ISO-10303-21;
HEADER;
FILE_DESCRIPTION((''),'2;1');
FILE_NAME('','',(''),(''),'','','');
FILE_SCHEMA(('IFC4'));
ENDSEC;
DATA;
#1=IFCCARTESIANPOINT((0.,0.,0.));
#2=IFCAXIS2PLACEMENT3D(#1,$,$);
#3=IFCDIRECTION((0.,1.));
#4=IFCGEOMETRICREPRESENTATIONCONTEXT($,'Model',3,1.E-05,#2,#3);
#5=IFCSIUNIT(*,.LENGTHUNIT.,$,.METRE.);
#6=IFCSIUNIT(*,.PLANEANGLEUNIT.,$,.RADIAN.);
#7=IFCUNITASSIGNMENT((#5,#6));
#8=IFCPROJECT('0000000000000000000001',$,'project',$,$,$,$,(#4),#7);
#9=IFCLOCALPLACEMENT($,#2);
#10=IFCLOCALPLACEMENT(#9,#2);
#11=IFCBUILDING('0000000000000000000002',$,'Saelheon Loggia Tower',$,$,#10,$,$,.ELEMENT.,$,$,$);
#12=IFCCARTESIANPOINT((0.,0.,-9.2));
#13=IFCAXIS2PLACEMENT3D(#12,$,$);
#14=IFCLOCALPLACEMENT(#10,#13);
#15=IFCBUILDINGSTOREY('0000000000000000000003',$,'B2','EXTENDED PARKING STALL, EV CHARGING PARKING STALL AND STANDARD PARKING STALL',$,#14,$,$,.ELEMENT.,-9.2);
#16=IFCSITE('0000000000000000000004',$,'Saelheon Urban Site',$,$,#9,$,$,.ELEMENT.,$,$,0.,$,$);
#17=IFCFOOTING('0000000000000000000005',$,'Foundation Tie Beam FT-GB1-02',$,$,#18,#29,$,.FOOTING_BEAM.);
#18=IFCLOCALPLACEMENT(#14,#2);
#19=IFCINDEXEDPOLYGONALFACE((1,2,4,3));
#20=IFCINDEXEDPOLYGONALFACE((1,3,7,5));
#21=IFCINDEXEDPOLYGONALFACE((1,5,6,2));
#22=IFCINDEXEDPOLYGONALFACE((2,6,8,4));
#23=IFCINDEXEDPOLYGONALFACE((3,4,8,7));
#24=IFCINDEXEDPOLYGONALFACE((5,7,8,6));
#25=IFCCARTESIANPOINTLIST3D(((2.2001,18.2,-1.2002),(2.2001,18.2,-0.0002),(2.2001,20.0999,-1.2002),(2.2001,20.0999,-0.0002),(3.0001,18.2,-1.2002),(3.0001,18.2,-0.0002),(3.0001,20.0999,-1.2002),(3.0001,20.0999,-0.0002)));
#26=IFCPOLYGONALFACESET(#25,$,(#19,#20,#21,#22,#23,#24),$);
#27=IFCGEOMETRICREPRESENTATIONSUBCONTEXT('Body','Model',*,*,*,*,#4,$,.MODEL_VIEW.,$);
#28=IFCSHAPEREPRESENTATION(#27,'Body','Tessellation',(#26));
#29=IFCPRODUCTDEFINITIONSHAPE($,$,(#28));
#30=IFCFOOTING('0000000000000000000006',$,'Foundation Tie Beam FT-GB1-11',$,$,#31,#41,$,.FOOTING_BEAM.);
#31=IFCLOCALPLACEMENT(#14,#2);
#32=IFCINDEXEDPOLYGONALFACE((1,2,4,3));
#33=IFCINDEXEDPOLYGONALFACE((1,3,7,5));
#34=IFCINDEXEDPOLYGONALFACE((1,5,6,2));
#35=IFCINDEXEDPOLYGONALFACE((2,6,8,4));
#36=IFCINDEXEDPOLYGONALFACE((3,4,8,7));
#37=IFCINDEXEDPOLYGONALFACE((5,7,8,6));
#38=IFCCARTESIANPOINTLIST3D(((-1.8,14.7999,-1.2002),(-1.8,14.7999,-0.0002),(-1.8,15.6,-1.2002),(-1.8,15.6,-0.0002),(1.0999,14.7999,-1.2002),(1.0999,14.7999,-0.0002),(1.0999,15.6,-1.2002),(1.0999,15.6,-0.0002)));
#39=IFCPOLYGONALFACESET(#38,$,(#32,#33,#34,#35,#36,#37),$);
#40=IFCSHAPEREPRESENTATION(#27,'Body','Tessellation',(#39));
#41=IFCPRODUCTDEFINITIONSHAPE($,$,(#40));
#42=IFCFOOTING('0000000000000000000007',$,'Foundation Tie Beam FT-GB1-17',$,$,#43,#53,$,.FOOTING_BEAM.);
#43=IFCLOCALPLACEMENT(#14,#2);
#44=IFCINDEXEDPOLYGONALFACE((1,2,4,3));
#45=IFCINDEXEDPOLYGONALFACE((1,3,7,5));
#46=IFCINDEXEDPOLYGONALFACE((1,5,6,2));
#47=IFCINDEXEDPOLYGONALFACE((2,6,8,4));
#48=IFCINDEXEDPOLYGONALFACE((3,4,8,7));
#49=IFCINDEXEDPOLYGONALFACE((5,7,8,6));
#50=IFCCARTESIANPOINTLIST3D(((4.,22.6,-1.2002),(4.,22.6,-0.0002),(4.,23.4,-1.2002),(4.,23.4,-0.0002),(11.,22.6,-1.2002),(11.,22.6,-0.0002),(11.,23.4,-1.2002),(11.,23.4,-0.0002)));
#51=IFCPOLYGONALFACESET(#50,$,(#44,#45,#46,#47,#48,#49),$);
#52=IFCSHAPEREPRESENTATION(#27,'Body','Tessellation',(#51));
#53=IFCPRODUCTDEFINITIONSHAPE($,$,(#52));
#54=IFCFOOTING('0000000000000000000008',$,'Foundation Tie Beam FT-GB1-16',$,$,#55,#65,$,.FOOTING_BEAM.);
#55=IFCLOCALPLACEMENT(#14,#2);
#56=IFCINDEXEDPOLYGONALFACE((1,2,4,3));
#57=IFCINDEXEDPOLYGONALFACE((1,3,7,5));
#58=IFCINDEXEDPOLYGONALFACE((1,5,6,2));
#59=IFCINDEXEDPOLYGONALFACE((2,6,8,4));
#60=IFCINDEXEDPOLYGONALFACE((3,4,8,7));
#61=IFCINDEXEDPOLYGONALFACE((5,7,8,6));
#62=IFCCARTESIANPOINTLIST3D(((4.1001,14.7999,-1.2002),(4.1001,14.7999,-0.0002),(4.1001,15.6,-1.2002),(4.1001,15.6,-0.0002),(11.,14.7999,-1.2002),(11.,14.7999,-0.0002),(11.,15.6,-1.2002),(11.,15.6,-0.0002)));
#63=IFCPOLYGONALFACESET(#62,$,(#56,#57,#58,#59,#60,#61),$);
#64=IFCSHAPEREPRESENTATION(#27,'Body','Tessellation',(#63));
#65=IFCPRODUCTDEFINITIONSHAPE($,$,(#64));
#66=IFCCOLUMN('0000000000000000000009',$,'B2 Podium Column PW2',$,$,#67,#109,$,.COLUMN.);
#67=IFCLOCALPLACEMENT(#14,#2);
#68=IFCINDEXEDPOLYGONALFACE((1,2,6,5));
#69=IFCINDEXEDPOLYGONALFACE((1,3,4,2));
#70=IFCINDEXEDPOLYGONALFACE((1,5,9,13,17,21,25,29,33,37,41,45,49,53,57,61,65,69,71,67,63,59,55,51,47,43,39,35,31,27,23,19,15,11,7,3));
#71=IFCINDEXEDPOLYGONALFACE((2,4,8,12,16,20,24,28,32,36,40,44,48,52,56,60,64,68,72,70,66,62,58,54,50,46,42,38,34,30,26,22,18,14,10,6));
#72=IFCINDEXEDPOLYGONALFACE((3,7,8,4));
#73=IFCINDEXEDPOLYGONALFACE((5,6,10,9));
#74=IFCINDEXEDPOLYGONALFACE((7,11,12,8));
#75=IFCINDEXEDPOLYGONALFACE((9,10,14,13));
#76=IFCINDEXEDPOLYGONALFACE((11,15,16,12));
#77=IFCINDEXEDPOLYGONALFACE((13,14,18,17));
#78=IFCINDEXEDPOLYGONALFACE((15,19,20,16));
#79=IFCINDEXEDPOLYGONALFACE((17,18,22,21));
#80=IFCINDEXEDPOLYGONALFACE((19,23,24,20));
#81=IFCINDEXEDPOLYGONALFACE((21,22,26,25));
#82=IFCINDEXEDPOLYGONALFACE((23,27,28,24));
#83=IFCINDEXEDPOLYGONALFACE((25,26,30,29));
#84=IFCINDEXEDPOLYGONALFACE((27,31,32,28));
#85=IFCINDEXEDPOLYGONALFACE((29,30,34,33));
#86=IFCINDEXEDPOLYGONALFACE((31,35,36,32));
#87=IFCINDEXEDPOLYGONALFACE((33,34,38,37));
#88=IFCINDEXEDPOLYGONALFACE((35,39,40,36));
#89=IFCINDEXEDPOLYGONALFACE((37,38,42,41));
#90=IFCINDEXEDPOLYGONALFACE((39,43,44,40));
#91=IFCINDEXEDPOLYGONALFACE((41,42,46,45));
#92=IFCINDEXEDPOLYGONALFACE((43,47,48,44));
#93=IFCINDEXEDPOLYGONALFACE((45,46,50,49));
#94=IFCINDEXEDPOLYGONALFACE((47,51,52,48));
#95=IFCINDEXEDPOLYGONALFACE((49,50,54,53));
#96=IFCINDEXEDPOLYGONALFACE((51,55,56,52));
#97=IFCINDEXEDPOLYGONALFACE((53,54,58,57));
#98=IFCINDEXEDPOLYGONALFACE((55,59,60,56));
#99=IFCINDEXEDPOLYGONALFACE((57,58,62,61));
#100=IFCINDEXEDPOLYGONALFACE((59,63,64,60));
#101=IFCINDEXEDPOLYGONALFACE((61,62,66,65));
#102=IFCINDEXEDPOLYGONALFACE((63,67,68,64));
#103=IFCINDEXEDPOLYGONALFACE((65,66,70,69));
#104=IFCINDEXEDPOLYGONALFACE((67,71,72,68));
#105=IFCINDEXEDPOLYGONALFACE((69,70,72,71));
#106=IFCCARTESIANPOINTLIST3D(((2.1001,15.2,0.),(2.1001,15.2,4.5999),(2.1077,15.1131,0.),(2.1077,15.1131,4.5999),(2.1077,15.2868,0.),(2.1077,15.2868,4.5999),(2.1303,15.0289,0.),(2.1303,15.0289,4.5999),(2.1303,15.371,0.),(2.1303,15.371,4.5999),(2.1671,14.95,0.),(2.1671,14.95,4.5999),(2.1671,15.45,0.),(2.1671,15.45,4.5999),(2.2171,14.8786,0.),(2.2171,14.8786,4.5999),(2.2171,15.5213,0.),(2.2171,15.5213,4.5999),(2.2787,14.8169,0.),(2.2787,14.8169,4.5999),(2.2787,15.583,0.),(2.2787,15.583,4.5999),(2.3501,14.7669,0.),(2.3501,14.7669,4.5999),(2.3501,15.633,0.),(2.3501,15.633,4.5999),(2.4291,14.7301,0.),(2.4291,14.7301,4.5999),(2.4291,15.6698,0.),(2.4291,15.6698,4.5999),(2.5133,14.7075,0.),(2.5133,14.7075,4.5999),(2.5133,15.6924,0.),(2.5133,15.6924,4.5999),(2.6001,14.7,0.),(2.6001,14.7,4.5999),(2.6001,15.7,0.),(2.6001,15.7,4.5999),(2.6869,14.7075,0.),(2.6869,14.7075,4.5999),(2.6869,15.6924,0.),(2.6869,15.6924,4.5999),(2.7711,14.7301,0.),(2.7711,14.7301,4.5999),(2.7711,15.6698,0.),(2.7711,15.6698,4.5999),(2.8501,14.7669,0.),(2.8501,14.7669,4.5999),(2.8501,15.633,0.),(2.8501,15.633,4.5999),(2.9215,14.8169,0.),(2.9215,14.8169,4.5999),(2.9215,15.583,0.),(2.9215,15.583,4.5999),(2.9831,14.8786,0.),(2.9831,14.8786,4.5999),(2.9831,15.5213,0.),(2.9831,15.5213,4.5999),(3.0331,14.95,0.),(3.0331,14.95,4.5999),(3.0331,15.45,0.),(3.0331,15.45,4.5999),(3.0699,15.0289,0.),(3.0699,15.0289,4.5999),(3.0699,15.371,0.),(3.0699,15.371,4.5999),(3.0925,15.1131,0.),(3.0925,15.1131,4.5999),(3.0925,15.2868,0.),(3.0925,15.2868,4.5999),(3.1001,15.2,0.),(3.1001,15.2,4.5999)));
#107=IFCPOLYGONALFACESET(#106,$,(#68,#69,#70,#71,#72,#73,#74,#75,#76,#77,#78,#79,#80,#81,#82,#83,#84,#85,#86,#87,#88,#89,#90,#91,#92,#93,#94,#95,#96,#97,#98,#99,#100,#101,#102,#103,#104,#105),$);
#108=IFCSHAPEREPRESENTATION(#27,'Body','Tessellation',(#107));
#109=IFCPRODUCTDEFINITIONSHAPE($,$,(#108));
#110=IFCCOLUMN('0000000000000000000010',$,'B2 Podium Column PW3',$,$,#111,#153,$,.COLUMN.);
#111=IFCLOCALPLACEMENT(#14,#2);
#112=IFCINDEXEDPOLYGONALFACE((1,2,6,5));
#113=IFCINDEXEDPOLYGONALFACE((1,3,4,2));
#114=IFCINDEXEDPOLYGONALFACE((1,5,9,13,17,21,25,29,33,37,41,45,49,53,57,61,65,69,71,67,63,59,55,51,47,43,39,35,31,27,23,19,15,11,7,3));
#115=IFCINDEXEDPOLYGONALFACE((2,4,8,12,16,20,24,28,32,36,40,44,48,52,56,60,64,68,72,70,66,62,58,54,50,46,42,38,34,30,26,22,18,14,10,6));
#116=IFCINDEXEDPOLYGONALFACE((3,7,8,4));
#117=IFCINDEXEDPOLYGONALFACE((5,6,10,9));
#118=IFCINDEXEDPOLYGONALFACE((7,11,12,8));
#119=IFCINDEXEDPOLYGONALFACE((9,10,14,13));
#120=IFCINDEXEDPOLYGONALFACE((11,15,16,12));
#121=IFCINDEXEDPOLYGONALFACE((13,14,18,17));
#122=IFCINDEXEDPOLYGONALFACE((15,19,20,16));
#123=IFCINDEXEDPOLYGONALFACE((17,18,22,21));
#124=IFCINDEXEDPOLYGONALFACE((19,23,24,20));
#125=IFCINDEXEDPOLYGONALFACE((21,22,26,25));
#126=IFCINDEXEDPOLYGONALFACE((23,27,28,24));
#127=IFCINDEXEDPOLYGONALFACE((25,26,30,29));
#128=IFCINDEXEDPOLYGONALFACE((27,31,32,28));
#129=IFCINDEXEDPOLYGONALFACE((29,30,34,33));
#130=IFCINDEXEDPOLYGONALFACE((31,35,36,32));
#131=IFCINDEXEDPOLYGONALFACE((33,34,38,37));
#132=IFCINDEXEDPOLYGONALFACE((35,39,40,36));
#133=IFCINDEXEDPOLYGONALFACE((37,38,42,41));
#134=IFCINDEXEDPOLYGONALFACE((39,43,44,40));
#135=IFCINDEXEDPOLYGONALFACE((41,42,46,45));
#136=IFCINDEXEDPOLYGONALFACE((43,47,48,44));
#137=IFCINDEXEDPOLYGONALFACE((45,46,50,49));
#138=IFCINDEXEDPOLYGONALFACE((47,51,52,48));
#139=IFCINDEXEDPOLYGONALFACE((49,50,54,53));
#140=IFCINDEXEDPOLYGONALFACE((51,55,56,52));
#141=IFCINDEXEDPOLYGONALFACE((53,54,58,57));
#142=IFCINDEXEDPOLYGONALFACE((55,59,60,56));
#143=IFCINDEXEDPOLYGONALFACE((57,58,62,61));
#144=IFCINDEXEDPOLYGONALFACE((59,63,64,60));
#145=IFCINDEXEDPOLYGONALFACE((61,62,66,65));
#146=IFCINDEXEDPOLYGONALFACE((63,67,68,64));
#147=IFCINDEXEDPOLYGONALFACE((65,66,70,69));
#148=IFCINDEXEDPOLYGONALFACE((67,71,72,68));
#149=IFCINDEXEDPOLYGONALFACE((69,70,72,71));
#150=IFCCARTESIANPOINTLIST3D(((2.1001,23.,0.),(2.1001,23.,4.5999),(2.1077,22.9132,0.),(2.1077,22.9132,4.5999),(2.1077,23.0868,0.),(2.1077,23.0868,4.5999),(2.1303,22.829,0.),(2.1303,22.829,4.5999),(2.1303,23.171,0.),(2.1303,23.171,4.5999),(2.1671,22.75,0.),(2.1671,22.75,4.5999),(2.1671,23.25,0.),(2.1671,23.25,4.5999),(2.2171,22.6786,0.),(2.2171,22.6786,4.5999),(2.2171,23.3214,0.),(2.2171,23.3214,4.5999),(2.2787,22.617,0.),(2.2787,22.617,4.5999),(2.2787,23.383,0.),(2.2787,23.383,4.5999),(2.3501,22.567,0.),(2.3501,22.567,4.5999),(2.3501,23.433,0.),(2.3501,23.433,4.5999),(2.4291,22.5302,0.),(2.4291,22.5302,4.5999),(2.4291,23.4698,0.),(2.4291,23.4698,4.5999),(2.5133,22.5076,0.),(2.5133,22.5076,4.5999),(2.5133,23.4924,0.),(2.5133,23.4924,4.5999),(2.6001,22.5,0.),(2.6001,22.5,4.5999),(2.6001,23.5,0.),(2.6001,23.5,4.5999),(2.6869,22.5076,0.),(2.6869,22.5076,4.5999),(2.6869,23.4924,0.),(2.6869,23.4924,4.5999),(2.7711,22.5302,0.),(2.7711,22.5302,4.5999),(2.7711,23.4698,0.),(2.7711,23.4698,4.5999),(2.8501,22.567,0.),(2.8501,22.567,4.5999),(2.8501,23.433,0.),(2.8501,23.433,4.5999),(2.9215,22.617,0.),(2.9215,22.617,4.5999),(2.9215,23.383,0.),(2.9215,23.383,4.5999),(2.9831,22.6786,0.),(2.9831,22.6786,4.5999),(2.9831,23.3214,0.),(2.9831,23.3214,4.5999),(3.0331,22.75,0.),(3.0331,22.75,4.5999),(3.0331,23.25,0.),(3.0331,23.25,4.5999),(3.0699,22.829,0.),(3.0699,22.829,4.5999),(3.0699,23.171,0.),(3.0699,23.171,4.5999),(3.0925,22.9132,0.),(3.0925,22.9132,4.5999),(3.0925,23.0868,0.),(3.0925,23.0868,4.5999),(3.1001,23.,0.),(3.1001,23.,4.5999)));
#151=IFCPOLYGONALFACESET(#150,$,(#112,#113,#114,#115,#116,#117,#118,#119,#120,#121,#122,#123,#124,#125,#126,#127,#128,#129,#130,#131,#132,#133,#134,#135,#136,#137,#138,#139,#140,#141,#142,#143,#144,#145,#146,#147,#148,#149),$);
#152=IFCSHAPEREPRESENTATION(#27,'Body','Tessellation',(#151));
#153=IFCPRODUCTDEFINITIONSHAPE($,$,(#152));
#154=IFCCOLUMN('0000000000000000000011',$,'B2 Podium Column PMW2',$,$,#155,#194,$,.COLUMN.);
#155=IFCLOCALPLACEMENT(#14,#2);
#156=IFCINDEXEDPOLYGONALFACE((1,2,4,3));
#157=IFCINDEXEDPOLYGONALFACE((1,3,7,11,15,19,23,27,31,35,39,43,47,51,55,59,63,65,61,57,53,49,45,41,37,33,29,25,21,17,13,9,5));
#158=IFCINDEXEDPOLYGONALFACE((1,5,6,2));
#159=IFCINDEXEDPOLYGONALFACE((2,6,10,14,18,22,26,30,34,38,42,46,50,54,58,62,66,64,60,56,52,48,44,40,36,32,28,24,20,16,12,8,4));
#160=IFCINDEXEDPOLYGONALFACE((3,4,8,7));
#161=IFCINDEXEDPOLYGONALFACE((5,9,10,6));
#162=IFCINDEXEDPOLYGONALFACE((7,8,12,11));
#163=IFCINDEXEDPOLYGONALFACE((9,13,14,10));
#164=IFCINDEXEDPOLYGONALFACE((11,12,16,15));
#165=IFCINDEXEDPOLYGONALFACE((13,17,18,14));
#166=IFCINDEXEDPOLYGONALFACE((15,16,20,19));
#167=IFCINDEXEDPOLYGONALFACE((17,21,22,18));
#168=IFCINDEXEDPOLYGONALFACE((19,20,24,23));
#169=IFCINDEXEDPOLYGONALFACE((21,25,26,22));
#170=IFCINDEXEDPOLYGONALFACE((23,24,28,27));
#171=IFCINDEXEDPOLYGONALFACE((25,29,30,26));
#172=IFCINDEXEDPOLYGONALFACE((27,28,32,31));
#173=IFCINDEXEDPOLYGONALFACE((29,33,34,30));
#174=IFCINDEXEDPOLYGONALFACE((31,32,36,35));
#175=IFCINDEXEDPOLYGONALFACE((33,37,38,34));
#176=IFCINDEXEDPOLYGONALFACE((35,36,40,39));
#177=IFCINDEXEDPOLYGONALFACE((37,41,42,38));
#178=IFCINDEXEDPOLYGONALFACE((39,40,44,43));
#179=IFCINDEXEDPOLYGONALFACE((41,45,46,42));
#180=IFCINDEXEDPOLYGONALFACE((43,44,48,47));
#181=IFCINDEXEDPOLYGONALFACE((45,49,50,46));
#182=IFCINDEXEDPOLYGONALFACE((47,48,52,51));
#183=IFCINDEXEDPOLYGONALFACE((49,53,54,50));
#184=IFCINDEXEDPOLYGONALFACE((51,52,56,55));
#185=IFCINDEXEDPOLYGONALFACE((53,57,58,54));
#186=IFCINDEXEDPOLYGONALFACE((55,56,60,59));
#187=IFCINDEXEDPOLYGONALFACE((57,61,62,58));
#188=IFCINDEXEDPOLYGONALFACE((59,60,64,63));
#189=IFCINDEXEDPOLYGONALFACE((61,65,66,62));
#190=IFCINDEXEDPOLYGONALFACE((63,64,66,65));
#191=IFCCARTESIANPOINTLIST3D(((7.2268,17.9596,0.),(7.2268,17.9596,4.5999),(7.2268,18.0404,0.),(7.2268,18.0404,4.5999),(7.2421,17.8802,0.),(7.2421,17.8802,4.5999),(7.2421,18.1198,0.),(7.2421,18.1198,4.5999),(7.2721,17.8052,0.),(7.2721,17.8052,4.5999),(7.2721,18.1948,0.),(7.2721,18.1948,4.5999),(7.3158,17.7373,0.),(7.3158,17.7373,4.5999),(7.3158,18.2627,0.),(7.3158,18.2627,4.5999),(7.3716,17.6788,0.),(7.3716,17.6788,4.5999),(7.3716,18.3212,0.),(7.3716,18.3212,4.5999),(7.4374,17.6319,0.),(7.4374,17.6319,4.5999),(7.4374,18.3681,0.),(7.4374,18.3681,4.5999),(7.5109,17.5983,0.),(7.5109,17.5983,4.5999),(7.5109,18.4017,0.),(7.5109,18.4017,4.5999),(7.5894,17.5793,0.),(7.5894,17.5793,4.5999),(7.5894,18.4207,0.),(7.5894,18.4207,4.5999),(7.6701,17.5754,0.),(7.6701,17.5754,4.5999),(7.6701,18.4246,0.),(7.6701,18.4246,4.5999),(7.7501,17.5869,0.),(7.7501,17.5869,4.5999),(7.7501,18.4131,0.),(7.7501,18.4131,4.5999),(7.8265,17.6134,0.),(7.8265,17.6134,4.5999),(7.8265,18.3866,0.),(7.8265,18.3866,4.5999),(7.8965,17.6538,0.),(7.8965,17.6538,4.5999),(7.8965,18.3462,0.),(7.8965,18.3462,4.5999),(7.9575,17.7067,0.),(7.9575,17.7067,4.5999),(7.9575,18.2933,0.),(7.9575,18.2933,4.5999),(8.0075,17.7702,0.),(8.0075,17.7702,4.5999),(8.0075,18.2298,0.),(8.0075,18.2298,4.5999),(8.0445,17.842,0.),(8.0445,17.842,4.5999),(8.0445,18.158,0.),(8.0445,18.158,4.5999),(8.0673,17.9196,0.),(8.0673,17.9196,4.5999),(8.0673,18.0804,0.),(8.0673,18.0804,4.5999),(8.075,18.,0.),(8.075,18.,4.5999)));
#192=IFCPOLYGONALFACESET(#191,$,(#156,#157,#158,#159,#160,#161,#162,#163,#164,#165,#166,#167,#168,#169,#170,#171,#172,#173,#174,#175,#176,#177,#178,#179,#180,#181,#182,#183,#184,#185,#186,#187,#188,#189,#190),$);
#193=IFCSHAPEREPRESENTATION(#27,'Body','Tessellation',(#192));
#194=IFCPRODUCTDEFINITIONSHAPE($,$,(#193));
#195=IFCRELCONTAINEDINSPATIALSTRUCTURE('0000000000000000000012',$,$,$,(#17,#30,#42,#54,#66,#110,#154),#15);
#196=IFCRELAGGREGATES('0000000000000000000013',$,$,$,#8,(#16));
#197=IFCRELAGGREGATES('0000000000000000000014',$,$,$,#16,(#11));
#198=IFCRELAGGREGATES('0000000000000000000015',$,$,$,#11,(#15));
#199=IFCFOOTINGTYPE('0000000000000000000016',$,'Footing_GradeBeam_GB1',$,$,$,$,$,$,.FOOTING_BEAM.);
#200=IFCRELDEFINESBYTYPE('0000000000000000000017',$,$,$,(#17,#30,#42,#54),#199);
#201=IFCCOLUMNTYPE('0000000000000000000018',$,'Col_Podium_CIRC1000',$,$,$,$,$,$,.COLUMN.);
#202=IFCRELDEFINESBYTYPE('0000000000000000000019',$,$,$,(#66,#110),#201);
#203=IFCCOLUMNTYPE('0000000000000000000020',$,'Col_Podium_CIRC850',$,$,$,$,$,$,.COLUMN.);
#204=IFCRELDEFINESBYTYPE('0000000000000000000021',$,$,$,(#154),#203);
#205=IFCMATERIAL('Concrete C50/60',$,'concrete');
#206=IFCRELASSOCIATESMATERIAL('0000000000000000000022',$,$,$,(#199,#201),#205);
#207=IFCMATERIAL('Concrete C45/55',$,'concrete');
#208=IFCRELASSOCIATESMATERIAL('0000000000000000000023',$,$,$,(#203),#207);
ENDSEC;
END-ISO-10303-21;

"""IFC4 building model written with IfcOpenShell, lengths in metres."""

from ifc_helpers import new_model, si_unit, direction, frame, origin, origin_2d, place, context, subcontext, project, spatial, rectangle, circle, extrude, source, transform, mapped, material, material_profile, profile_set, type_object, element, save


model = new_model("IFC4")

# Units and contexts
model_context = context("Model", 3, precision=1e-05, world=origin(), true_north=direction((0.0, 1.0)))
body_context = subcontext(model_context, "Body", "Model", "MODEL_VIEW")
ifc_project = project(units=[si_unit("LENGTHUNIT", "METRE"), si_unit("PLANEANGLEUNIT", "RADIAN")], contexts=[model_context])

# Site, building, storey
site_placement = place(None, origin())
site = spatial("IfcSite", under=ifc_project, at=site_placement, Name="Saelheon Urban Site", CompositionType="ELEMENT", RefElevation=0.0)
building_placement = place(site_placement, origin())
building = spatial("IfcBuilding", under=site, at=building_placement, Name="Saelheon Loggia Tower", CompositionType="ELEMENT")
storey_placement = place(building_placement, frame((0.0, 0.0, -9.2)))
storey = spatial("IfcBuildingStorey", under=building, at=storey_placement, Name="B2", Description="EXTENDED PARKING STALL, EV CHARGING PARKING STALL AND STANDARD PARKING STALL", CompositionType="ELEMENT", Elevation=-9.2)

# Shared definitions
ifc_material_1 = material(Name="Concrete C50/60", Category="concrete")

# Footings
footing_type_1 = type_object("IfcFootingType", Name="Footing_GradeBeam_GB1", PredefinedType="FOOTING_BEAM", material=ifc_material_1)
shared_shape_1 = source(origin(), body_context, "Body", "SweptSolid", [
    extrude(rectangle(XDim=0.8, YDim=1.8999, at=origin_2d()), origin(), (0.0, 0.0, 1.0), 1.2),
])
footing_1_placement = place(storey_placement, frame((2.6001, 19.1499, -1.2002), z_axis=(0.0, 0.0, 1.0), x_axis=(1.0, 0.0, 0.0)))
element("IfcFooting", 1, at=footing_1_placement, inside=storey, type_object=footing_type_1, Name="Foundation Tie Beam FT-GB1-02", PredefinedType="FOOTING_BEAM", context=body_context, shape_type="MappedRepresentation", body=[
    mapped(shared_shape_1, transform((0.0, 0.0, 0.0), scale=1.0)),
])
shared_shape_2 = source(origin(), body_context, "Body", "SweptSolid", [
    extrude(rectangle(XDim=2.8999, YDim=0.8, at=origin_2d()), origin(), (0.0, 0.0, 1.0), 1.2),
])
footing_2_placement = place(storey_placement, frame((-0.3501, 15.2, -1.2002), z_axis=(0.0, 0.0, 1.0), x_axis=(1.0, 0.0, 0.0)))
element("IfcFooting", 2, at=footing_2_placement, inside=storey, type_object=footing_type_1, Name="Foundation Tie Beam FT-GB1-11", PredefinedType="FOOTING_BEAM", context=body_context, shape_type="MappedRepresentation", body=[
    mapped(shared_shape_2, transform((0.0, 0.0, 0.0), scale=1.0)),
])
shared_shape_3 = source(origin(), body_context, "Body", "SweptSolid", [
    extrude(rectangle(XDim=7.0, YDim=0.8, at=origin_2d()), origin(), (0.0, 0.0, 1.0), 1.2),
])
footing_3_placement = place(storey_placement, frame((7.5, 23.0, -1.2002), z_axis=(0.0, 0.0, 1.0), x_axis=(1.0, 0.0, 0.0)))
element("IfcFooting", 3, at=footing_3_placement, inside=storey, type_object=footing_type_1, Name="Foundation Tie Beam FT-GB1-17", PredefinedType="FOOTING_BEAM", context=body_context, shape_type="MappedRepresentation", body=[
    mapped(shared_shape_3, transform((0.0, 0.0, 0.0), scale=1.0)),
])
shared_shape_4 = source(origin(), body_context, "Body", "SweptSolid", [
    extrude(rectangle(XDim=6.8999, YDim=0.8, at=origin_2d()), origin(), (0.0, 0.0, 1.0), 1.2),
])
footing_4_placement = place(storey_placement, frame((7.55, 15.2, -1.2002), z_axis=(0.0, 0.0, 1.0), x_axis=(1.0, 0.0, 0.0)))
element("IfcFooting", 4, at=footing_4_placement, inside=storey, type_object=footing_type_1, Name="Foundation Tie Beam FT-GB1-16", PredefinedType="FOOTING_BEAM", context=body_context, shape_type="MappedRepresentation", body=[
    mapped(shared_shape_4, transform((0.0, 0.0, 0.0), scale=1.0)),
])

# Columns
ifc_material_profile_1 = material_profile(ifc_material_1, circle(Radius=0.5, at=origin_2d()), Name="CIRC-1000")
ifc_profile_set_1 = profile_set([ifc_material_profile_1], Name="Concrete C50/60")
column_type_1 = type_object("IfcColumnType", Name="Col_Podium_CIRC1000", PredefinedType="COLUMN", material=ifc_profile_set_1)
shared_shape_5 = source(origin(), body_context, "Body", "SweptSolid", [
    extrude(circle(Radius=0.5, at=origin_2d()), origin(), (0.0, 0.0, 1.0), 4.5999),
])
for number, where, z_axis, x_axis, name in (
    (5, (2.6001, 15.2, 0.0), (0.0, 0.0, 1.0), (1.0, 0.0, 0.0), "B2 Podium Column PW2"),
    (6, (2.6001, 23.0, 0.0), (0.0, 0.0, 1.0), (1.0, 0.0, 0.0), "B2 Podium Column PW3"),
):
    element("IfcColumn", number, at=place(storey_placement, frame(where, z_axis=z_axis, x_axis=x_axis)), inside=storey, type_object=column_type_1, Name=name, PredefinedType="COLUMN", context=body_context, shape_type="MappedRepresentation", body=[
        mapped(shared_shape_5, transform((0.0, 0.0, 0.0), scale=1.0)),
    ])
ifc_material_2 = material(Name="Concrete C45/55", Category="concrete")
ifc_material_profile_2 = material_profile(ifc_material_2, circle(Radius=0.425, at=origin_2d()), Name="CIRC-850")
ifc_profile_set_2 = profile_set([ifc_material_profile_2], Name="Concrete C45/55")
column_type_2 = type_object("IfcColumnType", Name="Col_Podium_CIRC850", PredefinedType="COLUMN", material=ifc_profile_set_2)
shared_shape_6 = source(origin(), body_context, "Body", "SweptSolid", [
    extrude(circle(Radius=0.425, at=origin_2d()), origin(), (0.0, 0.0, 1.0), 4.5999),
])
column_1_placement = place(storey_placement, frame((7.6499, 18.0, 0.0), z_axis=(0.0, 0.0, 1.0), x_axis=(1.0, 0.0, 0.0)))
element("IfcColumn", 7, at=column_1_placement, inside=storey, type_object=column_type_2, Name="B2 Podium Column PMW2", PredefinedType="COLUMN", context=body_context, shape_type="MappedRepresentation", body=[
    mapped(shared_shape_6, transform((0.0, 0.0, 0.0), scale=1.0)),
])

save(model, "model.ifc")
